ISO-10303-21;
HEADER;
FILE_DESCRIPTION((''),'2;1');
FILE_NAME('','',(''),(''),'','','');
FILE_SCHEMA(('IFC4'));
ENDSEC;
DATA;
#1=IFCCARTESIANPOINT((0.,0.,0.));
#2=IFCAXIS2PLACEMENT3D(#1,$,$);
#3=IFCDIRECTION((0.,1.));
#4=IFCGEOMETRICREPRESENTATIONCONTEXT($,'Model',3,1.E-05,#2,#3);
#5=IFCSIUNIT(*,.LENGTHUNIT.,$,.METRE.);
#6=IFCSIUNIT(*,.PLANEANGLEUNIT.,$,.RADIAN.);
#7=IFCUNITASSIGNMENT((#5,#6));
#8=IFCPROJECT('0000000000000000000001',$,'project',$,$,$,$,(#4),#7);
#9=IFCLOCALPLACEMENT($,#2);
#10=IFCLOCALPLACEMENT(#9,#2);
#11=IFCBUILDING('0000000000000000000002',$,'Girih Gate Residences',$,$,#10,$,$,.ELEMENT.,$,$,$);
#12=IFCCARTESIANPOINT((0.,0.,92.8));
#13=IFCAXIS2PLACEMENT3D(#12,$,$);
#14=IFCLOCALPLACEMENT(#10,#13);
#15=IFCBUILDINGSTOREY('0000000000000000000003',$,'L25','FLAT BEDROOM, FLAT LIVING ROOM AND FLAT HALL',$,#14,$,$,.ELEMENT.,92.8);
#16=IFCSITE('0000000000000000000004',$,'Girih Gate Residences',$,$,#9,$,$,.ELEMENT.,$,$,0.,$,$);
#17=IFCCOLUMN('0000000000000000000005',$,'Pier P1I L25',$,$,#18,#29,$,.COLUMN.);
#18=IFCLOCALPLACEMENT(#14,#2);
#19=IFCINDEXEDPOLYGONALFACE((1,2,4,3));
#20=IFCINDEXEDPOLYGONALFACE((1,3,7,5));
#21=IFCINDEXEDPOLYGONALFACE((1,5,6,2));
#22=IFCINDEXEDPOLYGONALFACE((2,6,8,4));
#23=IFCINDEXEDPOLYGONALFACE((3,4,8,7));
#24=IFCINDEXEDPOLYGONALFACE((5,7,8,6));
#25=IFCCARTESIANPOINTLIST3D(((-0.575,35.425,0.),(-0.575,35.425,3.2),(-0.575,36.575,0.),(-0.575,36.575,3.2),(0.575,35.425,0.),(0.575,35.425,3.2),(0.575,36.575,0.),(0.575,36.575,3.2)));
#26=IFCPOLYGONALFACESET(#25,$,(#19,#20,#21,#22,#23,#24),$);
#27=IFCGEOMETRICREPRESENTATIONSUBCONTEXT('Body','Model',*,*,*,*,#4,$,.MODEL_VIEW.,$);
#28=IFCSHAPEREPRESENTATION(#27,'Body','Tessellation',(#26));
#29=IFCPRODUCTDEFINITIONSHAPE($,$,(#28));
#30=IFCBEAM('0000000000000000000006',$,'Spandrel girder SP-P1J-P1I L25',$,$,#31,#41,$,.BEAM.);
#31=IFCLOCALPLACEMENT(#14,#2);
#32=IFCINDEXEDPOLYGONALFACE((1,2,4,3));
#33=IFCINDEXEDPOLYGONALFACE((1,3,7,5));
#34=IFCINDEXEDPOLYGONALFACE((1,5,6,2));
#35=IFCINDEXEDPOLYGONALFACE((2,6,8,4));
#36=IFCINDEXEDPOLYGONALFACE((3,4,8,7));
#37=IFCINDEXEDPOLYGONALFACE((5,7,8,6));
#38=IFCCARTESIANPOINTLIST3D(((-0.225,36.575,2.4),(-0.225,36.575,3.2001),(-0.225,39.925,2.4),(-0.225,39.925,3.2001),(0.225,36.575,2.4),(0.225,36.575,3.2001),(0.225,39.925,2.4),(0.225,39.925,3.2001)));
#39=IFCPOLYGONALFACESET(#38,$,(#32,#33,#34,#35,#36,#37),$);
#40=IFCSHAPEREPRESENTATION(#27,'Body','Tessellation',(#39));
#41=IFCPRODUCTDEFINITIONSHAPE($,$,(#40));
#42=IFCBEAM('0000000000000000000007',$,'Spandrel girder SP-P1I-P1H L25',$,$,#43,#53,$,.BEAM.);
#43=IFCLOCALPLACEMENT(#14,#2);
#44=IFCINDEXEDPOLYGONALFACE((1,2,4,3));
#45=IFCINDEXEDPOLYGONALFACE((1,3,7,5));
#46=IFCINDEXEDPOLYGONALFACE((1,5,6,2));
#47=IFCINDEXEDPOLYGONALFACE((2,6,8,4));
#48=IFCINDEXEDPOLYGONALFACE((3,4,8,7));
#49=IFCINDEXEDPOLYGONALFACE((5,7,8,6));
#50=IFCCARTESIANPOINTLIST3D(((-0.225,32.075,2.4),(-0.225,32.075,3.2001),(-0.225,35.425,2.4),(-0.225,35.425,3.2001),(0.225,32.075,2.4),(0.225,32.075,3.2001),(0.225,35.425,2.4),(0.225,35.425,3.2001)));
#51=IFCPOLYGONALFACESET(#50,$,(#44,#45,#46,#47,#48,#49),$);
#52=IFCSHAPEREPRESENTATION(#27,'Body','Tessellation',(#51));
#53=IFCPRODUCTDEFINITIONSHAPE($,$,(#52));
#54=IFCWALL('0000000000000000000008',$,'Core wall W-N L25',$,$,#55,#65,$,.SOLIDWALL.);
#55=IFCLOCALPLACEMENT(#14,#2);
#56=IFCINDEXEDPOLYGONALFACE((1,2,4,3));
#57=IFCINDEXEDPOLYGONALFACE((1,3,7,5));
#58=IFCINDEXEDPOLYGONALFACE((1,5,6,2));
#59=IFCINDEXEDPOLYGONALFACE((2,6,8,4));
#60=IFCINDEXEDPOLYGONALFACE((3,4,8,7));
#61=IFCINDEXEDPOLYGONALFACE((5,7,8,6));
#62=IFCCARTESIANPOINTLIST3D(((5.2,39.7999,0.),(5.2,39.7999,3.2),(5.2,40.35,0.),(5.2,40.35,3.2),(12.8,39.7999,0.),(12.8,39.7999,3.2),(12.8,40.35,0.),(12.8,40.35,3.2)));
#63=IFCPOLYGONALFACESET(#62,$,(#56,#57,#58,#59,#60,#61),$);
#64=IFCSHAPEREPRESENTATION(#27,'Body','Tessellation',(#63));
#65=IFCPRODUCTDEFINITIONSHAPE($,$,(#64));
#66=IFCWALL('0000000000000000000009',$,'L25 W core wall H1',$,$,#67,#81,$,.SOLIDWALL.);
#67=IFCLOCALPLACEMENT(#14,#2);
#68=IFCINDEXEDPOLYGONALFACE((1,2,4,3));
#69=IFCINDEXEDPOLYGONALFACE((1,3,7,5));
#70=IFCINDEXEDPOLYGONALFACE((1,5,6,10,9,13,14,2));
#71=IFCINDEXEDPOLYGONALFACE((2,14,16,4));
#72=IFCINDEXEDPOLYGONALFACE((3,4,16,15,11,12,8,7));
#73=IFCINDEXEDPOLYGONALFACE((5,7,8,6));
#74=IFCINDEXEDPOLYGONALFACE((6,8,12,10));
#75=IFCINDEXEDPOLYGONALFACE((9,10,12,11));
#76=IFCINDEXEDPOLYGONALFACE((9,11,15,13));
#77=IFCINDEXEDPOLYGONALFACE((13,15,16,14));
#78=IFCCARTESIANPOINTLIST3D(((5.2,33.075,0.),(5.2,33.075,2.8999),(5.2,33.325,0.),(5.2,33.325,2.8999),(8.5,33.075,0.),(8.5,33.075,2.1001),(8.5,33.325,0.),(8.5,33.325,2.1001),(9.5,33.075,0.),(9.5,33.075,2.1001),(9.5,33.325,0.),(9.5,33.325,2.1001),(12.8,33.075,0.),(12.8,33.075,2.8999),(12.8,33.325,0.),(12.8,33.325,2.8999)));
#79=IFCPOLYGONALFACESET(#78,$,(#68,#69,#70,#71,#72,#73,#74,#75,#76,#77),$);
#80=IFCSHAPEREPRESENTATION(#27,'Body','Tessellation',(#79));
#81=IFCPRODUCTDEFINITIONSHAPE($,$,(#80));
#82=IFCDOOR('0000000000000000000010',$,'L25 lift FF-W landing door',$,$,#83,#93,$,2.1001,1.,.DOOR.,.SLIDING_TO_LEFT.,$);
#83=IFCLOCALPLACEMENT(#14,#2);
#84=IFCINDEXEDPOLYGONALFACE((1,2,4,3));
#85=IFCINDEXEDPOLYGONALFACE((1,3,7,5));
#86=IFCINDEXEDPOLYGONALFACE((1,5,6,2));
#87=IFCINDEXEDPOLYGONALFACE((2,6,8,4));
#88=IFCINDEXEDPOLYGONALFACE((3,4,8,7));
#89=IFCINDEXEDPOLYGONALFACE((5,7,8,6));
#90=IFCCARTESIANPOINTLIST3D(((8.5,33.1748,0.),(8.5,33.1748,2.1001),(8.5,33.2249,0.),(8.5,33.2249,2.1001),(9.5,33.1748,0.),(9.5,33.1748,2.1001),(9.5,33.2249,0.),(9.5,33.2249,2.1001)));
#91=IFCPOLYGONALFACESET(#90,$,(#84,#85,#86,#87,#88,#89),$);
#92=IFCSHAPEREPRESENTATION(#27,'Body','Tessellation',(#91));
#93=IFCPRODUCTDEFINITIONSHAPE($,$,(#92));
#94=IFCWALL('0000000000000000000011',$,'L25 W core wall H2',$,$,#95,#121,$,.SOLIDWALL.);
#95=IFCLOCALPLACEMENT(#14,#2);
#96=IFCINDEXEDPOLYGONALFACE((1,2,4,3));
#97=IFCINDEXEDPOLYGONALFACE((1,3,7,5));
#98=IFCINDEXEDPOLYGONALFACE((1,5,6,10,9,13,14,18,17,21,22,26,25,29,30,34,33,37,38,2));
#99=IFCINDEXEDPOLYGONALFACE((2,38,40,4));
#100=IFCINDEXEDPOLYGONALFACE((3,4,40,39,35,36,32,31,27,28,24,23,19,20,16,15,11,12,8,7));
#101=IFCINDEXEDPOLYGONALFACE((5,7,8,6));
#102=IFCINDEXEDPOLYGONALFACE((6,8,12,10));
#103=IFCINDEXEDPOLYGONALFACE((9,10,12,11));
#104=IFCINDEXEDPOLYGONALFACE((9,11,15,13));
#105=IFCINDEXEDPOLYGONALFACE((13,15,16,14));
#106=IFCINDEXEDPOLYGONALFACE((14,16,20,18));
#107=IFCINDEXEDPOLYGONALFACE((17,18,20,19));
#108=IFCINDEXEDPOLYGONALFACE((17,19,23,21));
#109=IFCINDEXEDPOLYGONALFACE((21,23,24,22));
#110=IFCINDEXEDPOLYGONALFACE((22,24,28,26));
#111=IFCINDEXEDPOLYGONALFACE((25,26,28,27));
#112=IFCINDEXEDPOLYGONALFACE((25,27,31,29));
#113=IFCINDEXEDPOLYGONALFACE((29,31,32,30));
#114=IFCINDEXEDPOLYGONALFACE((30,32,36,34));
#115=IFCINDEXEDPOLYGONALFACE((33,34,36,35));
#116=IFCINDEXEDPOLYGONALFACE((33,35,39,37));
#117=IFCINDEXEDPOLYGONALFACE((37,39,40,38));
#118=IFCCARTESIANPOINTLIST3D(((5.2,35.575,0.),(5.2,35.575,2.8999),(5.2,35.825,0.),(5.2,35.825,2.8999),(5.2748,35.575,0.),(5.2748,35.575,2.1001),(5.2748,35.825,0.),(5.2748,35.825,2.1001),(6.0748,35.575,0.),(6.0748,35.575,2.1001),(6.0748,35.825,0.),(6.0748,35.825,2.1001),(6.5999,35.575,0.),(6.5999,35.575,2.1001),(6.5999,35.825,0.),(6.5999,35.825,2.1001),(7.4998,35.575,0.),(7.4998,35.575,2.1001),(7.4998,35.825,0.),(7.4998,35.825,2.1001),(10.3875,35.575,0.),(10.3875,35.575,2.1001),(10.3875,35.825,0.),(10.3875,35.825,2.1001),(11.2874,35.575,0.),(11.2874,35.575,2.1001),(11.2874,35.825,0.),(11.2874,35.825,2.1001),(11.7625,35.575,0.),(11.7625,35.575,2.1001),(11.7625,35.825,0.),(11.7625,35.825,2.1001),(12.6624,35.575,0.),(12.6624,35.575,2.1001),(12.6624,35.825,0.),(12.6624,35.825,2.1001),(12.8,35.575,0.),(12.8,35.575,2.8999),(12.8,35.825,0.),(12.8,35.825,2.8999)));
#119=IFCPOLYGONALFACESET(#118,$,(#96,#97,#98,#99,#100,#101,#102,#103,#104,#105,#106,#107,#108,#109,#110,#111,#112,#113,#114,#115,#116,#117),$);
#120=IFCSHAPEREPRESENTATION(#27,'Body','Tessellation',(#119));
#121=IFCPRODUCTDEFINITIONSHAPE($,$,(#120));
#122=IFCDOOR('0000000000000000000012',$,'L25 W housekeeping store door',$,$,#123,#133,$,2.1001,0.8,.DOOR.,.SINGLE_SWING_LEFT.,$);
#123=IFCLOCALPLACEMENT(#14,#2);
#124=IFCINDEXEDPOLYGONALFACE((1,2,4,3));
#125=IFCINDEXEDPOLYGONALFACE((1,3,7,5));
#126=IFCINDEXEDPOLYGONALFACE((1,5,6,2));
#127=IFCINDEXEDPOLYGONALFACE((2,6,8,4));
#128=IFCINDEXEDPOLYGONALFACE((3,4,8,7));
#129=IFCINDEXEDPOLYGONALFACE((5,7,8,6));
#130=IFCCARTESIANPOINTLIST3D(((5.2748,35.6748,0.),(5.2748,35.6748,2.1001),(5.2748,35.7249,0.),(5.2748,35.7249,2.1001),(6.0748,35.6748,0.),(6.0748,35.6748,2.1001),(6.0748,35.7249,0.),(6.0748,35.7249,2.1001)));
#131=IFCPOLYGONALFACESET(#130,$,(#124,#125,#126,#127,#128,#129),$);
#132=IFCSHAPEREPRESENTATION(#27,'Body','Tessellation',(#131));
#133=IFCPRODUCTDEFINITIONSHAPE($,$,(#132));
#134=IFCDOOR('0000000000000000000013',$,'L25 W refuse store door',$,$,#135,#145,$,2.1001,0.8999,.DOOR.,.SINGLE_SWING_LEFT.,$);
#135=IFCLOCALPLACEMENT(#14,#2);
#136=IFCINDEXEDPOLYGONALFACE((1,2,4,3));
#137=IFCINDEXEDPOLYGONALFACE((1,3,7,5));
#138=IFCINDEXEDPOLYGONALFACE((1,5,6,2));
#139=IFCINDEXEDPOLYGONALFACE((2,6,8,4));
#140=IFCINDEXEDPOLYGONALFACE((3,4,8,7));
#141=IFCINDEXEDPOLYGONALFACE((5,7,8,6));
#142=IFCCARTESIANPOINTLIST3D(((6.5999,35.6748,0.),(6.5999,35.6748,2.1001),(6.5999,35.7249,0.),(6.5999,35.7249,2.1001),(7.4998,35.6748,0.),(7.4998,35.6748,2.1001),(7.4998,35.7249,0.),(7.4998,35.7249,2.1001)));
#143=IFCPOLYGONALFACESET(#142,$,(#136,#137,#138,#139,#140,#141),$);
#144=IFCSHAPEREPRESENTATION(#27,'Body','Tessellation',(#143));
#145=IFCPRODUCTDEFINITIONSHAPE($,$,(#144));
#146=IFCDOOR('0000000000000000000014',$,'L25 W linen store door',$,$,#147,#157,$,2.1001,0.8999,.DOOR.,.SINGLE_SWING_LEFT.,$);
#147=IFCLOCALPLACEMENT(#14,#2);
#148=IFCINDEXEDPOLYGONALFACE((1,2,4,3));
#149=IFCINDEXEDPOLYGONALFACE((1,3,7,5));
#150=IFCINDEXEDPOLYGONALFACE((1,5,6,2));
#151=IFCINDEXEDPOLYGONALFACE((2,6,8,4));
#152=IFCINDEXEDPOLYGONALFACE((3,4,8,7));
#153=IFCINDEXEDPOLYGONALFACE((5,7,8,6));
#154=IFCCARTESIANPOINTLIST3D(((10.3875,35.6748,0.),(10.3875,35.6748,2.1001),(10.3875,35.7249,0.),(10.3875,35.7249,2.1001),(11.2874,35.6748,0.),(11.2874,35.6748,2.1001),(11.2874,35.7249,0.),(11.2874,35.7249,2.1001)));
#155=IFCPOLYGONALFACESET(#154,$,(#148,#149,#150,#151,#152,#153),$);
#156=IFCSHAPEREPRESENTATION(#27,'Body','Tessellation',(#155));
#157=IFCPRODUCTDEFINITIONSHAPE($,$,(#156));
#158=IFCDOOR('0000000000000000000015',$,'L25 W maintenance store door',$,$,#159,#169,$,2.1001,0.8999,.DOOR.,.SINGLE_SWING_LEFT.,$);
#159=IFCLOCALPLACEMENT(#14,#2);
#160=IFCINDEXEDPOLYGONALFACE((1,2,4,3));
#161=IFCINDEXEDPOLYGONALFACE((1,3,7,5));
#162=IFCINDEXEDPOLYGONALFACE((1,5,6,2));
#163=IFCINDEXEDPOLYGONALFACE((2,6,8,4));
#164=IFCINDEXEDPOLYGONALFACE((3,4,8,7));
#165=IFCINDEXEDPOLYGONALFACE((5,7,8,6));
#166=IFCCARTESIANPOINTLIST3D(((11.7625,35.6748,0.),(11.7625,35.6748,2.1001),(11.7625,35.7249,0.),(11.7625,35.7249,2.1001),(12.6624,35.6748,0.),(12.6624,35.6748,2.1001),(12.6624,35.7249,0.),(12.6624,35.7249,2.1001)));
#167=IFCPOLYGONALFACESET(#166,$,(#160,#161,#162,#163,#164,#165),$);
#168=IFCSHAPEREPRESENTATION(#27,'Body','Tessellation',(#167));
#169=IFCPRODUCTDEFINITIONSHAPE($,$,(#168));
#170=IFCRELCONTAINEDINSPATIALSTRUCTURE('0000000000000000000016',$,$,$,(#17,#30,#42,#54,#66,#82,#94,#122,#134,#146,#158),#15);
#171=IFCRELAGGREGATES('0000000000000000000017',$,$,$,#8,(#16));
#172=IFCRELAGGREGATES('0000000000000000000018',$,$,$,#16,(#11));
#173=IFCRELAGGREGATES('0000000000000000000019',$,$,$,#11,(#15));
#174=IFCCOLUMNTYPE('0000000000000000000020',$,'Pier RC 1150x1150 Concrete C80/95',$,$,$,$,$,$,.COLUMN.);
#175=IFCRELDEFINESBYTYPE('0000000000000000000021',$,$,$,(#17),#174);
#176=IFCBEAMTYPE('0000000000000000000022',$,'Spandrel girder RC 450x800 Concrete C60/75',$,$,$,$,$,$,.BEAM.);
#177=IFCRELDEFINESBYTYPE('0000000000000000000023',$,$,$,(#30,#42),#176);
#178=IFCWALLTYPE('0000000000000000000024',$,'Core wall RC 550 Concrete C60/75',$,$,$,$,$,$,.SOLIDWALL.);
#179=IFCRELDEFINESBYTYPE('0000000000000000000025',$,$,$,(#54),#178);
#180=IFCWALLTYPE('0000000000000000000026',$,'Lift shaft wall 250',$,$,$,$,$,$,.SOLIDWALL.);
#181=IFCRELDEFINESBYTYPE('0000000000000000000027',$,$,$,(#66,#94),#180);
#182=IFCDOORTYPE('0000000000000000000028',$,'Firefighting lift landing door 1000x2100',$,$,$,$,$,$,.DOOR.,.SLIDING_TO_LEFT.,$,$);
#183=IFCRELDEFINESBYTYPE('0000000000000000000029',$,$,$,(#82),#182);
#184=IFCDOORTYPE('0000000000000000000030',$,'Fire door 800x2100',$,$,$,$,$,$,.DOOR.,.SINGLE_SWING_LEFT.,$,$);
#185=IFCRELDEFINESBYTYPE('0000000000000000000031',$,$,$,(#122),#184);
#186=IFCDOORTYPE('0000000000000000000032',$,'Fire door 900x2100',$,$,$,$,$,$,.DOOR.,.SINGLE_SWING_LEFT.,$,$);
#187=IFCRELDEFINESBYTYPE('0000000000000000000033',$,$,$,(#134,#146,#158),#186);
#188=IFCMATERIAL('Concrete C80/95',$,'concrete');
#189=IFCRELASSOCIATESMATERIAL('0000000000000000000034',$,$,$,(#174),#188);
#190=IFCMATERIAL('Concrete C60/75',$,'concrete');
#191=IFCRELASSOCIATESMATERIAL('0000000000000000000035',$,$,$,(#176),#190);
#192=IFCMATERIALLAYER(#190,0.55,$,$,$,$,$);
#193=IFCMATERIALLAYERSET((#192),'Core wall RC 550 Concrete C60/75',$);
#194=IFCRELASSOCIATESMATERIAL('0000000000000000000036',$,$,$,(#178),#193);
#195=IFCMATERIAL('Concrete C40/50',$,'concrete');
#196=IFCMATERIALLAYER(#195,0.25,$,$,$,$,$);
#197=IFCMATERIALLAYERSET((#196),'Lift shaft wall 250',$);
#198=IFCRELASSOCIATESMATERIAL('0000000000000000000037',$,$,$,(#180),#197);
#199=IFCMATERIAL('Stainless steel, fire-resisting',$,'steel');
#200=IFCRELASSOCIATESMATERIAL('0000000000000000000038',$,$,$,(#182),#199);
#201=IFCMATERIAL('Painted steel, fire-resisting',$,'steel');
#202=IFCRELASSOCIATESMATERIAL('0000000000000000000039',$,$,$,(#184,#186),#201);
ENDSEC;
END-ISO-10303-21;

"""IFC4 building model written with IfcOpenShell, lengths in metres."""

from ifc_helpers import new_model, si_unit, direction, frame, frame_2d, origin, origin_2d, place, context, subcontext, project, spatial, rectangle, extrude, material, layer, layer_set, material_profile, profile_set, type_object, element, fill, save


model = new_model("IFC4")

# Units and contexts
model_context = context("Model", 3, precision=1e-05, world=origin(), true_north=direction((0.0, 1.0)))
body_context = subcontext(model_context, "Body", "Model", "MODEL_VIEW")
ifc_project = project(units=[si_unit("LENGTHUNIT", "METRE"), si_unit("PLANEANGLEUNIT", "RADIAN")], contexts=[model_context])

# Site, building, storey
site_placement = place(None, origin())
site = spatial("IfcSite", under=ifc_project, at=site_placement, Name="Girih Gate Residences", CompositionType="ELEMENT", RefElevation=0.0)
building_placement = place(site_placement, origin())
building = spatial("IfcBuilding", under=site, at=building_placement, Name="Girih Gate Residences", CompositionType="ELEMENT")
storey_placement = place(building_placement, frame((0.0, 0.0, 92.8)))
storey = spatial("IfcBuildingStorey", under=building, at=storey_placement, Name="L25", Description="FLAT BEDROOM, FLAT LIVING ROOM AND FLAT HALL", CompositionType="ELEMENT", Elevation=92.8)

# Column
ifc_material_1 = material(Name="Concrete C80/95", Category="concrete")
ifc_material_profile_1 = material_profile(ifc_material_1, rectangle(XDim=1.1499, YDim=1.1499, at=origin_2d()))
ifc_profile_set_1 = profile_set([ifc_material_profile_1], Name="Concrete C80/95")
column_type = type_object("IfcColumnType", Name="Pier RC 1150x1150 Concrete C80/95", PredefinedType="COLUMN", material=ifc_profile_set_1)
column_placement = place(storey_placement, frame((0.0, 36.0, 0.0), z_axis=(0.0, 0.0, 1.0), x_axis=(1.0, 0.0, 0.0)))
element("IfcColumn", 1, at=column_placement, inside=storey, type_object=column_type, Name="Pier P1I L25", PredefinedType="COLUMN", context=body_context, shape_type="SweptSolid", body=[
    extrude(rectangle(XDim=1.1499, YDim=1.1499, at=origin_2d()), origin(), (0.0, 0.0, 1.0), 3.2),
])

# Beams
ifc_material_2 = material(Name="Concrete C60/75", Category="concrete")
ifc_material_profile_2 = material_profile(ifc_material_2, rectangle(XDim=0.45, YDim=0.8, at=origin_2d()))
ifc_profile_set_2 = profile_set([ifc_material_profile_2], Name="Concrete C60/75")
beam_type = type_object("IfcBeamType", Name="Spandrel girder RC 450x800 Concrete C60/75", PredefinedType="BEAM", material=ifc_profile_set_2)
for number, where, z_axis, x_axis, name in (
    (2, (0.0, 39.925, 2.8), (0.0, -1.0, 0.0), (1.0, 0.0, 0.0), "Spandrel girder SP-P1J-P1I L25"),
    (3, (0.0, 35.425, 2.8), (0.0, -1.0, 0.0), (1.0, 0.0, 0.0), "Spandrel girder SP-P1I-P1H L25"),
):
    element("IfcBeam", number, at=place(storey_placement, frame(where, z_axis=z_axis, x_axis=x_axis)), inside=storey, type_object=beam_type, Name=name, PredefinedType="BEAM", context=body_context, shape_type="SweptSolid", body=[
        extrude(rectangle(XDim=0.45, YDim=0.8, at=origin_2d()), origin(), (0.0, 0.0, 1.0), 3.3501),
    ])

# Wall
ifc_layer_1 = layer(ifc_material_2, 0.55)
ifc_layer_set_1 = layer_set([ifc_layer_1], Name="Core wall RC 550 Concrete C60/75")
wall_type_1 = type_object("IfcWallType", Name="Core wall RC 550 Concrete C60/75", PredefinedType="SOLIDWALL", material=ifc_layer_set_1)
wall_1_placement = place(storey_placement, frame((5.2, 40.075, 0.0), z_axis=(0.0, 0.0, 1.0), x_axis=(1.0, 0.0, 0.0)))
element("IfcWall", 4, at=wall_1_placement, inside=storey, type_object=wall_type_1, Name="Core wall W-N L25", PredefinedType="SOLIDWALL", context=body_context, shape_type="SweptSolid", body=[
    extrude(rectangle(XDim=7.6001, YDim=0.55, at=frame_2d((3.8, 0.0))), origin(), (0.0, 0.0, 1.0), 3.2),
])

# Wall, opening, door
ifc_material_3 = material(Name="Concrete C40/50", Category="concrete")
ifc_layer_2 = layer(ifc_material_3, 0.25)
ifc_layer_set_2 = layer_set([ifc_layer_2], Name="Lift shaft wall 250")
wall_type_2 = type_object("IfcWallType", Name="Lift shaft wall 250", PredefinedType="SOLIDWALL", material=ifc_layer_set_2)
wall_2_placement = place(storey_placement, frame((5.2, 33.2, 0.0), z_axis=(0.0, 0.0, 1.0), x_axis=(1.0, 0.0, 0.0)))
wall_2 = element("IfcWall", 5, at=wall_2_placement, inside=storey, type_object=wall_type_2, Name="L25 W core wall H1", PredefinedType="SOLIDWALL", context=body_context, shape_type="SweptSolid", body=[
    extrude(rectangle(XDim=7.6001, YDim=0.25, at=frame_2d((3.8, 0.0))), origin(), (0.0, 0.0, 1.0), 2.8999),
])
opening_1_placement = place(wall_2_placement, frame((3.3, 0.0, 0.0)))
opening_1 = element("IfcOpeningElement", 6, at=opening_1_placement, cuts=wall_2, PredefinedType="OPENING", context=body_context, shape_type="SweptSolid", body=[
    extrude(rectangle(XDim=1.0, YDim=2.1001, at=frame_2d((0.5, 1.05))), frame((0.0, 0.135, 0.0), z_axis=(0.0, -1.0, 0.0), x_axis=(1.0, 0.0, 0.0)), (0.0, 0.0, 1.0), 0.27),
])
ifc_material_4 = material(Name="Stainless steel, fire-resisting", Category="steel")
door_type_1 = type_object("IfcDoorType", Name="Firefighting lift landing door 1000x2100", OperationType="SLIDING_TO_LEFT", PredefinedType="DOOR", material=ifc_material_4)
door_1_placement = place(opening_1_placement, origin())
door_1 = element("IfcDoor", 7, at=door_1_placement, inside=storey, type_object=door_type_1, Name="L25 lift FF-W landing door", OperationType="SLIDING_TO_LEFT", OverallHeight=2.1001, OverallWidth=1.0, PredefinedType="DOOR", context=body_context, shape_type="SweptSolid", body=[
    extrude(rectangle(XDim=1.0, YDim=2.1001, at=frame_2d((0.5, 1.05))), frame((0.0, 0.0249, 0.0), z_axis=(0.0, -1.0, 0.0), x_axis=(1.0, 0.0, 0.0)), (0.0, 0.0, 1.0), 0.05),
])
fill(opening_1, door_1)

# Wall, openings, doors
wall_3_placement = place(storey_placement, frame((5.2, 35.7, 0.0), z_axis=(0.0, 0.0, 1.0), x_axis=(1.0, 0.0, 0.0)))
wall_3 = element("IfcWall", 8, at=wall_3_placement, inside=storey, type_object=wall_type_2, Name="L25 W core wall H2", PredefinedType="SOLIDWALL", context=body_context, shape_type="SweptSolid", body=[
    extrude(rectangle(XDim=7.6001, YDim=0.25, at=frame_2d((3.8, 0.0))), origin(), (0.0, 0.0, 1.0), 2.8999),
])
opening_2_placement = place(wall_3_placement, frame((0.075, 0.0, 0.0)))
opening_2 = element("IfcOpeningElement", 9, at=opening_2_placement, cuts=wall_3, PredefinedType="OPENING", context=body_context, shape_type="SweptSolid", body=[
    extrude(rectangle(XDim=0.8, YDim=2.1001, at=frame_2d((0.3999, 1.05))), frame((0.0, 0.135, 0.0), z_axis=(0.0, -1.0, 0.0), x_axis=(1.0, 0.0, 0.0)), (0.0, 0.0, 1.0), 0.27),
])
opening_3_placement = place(wall_3_placement, frame((1.3999, 0.0, 0.0)))
opening_3 = element("IfcOpeningElement", 10, at=opening_3_placement, cuts=wall_3, PredefinedType="OPENING", context=body_context, shape_type="SweptSolid", body=[
    extrude(rectangle(XDim=0.8999, YDim=2.1001, at=frame_2d((0.45, 1.05))), frame((0.0, 0.135, 0.0), z_axis=(0.0, -1.0, 0.0), x_axis=(1.0, 0.0, 0.0)), (0.0, 0.0, 1.0), 0.27),
])
opening_4_placement = place(wall_3_placement, frame((5.1875, 0.0, 0.0)))
opening_4 = element("IfcOpeningElement", 11, at=opening_4_placement, cuts=wall_3, PredefinedType="OPENING", context=body_context, shape_type="SweptSolid", body=[
    extrude(rectangle(XDim=0.8999, YDim=2.1001, at=frame_2d((0.45, 1.05))), frame((0.0, 0.135, 0.0), z_axis=(0.0, -1.0, 0.0), x_axis=(1.0, 0.0, 0.0)), (0.0, 0.0, 1.0), 0.27),
])
opening_5_placement = place(wall_3_placement, frame((6.5625, 0.0, 0.0)))
opening_5 = element("IfcOpeningElement", 12, at=opening_5_placement, cuts=wall_3, PredefinedType="OPENING", context=body_context, shape_type="SweptSolid", body=[
    extrude(rectangle(XDim=0.8999, YDim=2.1001, at=frame_2d((0.45, 1.05))), frame((0.0, 0.135, 0.0), z_axis=(0.0, -1.0, 0.0), x_axis=(1.0, 0.0, 0.0)), (0.0, 0.0, 1.0), 0.27),
])
ifc_material_5 = material(Name="Painted steel, fire-resisting", Category="steel")
door_type_2 = type_object("IfcDoorType", Name="Fire door 800x2100", OperationType="SINGLE_SWING_LEFT", PredefinedType="DOOR", material=ifc_material_5)
door_2_placement = place(opening_2_placement, origin())
door_2 = element("IfcDoor", 13, at=door_2_placement, inside=storey, type_object=door_type_2, Name="L25 W housekeeping store door", OperationType="SINGLE_SWING_LEFT", OverallHeight=2.1001, OverallWidth=0.8, PredefinedType="DOOR", context=body_context, shape_type="SweptSolid", body=[
    extrude(rectangle(XDim=0.8, YDim=2.1001, at=frame_2d((0.3999, 1.05))), frame((0.0, 0.0249, 0.0), z_axis=(0.0, -1.0, 0.0), x_axis=(1.0, 0.0, 0.0)), (0.0, 0.0, 1.0), 0.05),
])
fill(opening_2, door_2)
door_type_3 = type_object("IfcDoorType", Name="Fire door 900x2100", OperationType="SINGLE_SWING_LEFT", PredefinedType="DOOR", material=ifc_material_5)
door_3_placement = place(opening_3_placement, origin())
door_3 = element("IfcDoor", 14, at=door_3_placement, inside=storey, type_object=door_type_3, Name="L25 W refuse store door", OperationType="SINGLE_SWING_LEFT", OverallHeight=2.1001, OverallWidth=0.8999, PredefinedType="DOOR", context=body_context, shape_type="SweptSolid", body=[
    extrude(rectangle(XDim=0.8999, YDim=2.1001, at=frame_2d((0.45, 1.05))), frame((0.0, 0.0249, 0.0), z_axis=(0.0, -1.0, 0.0), x_axis=(1.0, 0.0, 0.0)), (0.0, 0.0, 1.0), 0.05),
])
fill(opening_3, door_3)
door_4_placement = place(opening_4_placement, origin())
door_4 = element("IfcDoor", 15, at=door_4_placement, inside=storey, type_object=door_type_3, Name="L25 W linen store door", OperationType="SINGLE_SWING_LEFT", OverallHeight=2.1001, OverallWidth=0.8999, PredefinedType="DOOR", context=body_context, shape_type="SweptSolid", body=[
    extrude(rectangle(XDim=0.8999, YDim=2.1001, at=frame_2d((0.45, 1.05))), frame((0.0, 0.0249, 0.0), z_axis=(0.0, -1.0, 0.0), x_axis=(1.0, 0.0, 0.0)), (0.0, 0.0, 1.0), 0.05),
])
fill(opening_4, door_4)
door_5_placement = place(opening_5_placement, origin())
door_5 = element("IfcDoor", 16, at=door_5_placement, inside=storey, type_object=door_type_3, Name="L25 W maintenance store door", OperationType="SINGLE_SWING_LEFT", OverallHeight=2.1001, OverallWidth=0.8999, PredefinedType="DOOR", context=body_context, shape_type="SweptSolid", body=[
    extrude(rectangle(XDim=0.8999, YDim=2.1001, at=frame_2d((0.45, 1.05))), frame((0.0, 0.0249, 0.0), z_axis=(0.0, -1.0, 0.0), x_axis=(1.0, 0.0, 0.0)), (0.0, 0.0, 1.0), 0.05),
])
fill(opening_5, door_5)

save(model, "model.ifc")
